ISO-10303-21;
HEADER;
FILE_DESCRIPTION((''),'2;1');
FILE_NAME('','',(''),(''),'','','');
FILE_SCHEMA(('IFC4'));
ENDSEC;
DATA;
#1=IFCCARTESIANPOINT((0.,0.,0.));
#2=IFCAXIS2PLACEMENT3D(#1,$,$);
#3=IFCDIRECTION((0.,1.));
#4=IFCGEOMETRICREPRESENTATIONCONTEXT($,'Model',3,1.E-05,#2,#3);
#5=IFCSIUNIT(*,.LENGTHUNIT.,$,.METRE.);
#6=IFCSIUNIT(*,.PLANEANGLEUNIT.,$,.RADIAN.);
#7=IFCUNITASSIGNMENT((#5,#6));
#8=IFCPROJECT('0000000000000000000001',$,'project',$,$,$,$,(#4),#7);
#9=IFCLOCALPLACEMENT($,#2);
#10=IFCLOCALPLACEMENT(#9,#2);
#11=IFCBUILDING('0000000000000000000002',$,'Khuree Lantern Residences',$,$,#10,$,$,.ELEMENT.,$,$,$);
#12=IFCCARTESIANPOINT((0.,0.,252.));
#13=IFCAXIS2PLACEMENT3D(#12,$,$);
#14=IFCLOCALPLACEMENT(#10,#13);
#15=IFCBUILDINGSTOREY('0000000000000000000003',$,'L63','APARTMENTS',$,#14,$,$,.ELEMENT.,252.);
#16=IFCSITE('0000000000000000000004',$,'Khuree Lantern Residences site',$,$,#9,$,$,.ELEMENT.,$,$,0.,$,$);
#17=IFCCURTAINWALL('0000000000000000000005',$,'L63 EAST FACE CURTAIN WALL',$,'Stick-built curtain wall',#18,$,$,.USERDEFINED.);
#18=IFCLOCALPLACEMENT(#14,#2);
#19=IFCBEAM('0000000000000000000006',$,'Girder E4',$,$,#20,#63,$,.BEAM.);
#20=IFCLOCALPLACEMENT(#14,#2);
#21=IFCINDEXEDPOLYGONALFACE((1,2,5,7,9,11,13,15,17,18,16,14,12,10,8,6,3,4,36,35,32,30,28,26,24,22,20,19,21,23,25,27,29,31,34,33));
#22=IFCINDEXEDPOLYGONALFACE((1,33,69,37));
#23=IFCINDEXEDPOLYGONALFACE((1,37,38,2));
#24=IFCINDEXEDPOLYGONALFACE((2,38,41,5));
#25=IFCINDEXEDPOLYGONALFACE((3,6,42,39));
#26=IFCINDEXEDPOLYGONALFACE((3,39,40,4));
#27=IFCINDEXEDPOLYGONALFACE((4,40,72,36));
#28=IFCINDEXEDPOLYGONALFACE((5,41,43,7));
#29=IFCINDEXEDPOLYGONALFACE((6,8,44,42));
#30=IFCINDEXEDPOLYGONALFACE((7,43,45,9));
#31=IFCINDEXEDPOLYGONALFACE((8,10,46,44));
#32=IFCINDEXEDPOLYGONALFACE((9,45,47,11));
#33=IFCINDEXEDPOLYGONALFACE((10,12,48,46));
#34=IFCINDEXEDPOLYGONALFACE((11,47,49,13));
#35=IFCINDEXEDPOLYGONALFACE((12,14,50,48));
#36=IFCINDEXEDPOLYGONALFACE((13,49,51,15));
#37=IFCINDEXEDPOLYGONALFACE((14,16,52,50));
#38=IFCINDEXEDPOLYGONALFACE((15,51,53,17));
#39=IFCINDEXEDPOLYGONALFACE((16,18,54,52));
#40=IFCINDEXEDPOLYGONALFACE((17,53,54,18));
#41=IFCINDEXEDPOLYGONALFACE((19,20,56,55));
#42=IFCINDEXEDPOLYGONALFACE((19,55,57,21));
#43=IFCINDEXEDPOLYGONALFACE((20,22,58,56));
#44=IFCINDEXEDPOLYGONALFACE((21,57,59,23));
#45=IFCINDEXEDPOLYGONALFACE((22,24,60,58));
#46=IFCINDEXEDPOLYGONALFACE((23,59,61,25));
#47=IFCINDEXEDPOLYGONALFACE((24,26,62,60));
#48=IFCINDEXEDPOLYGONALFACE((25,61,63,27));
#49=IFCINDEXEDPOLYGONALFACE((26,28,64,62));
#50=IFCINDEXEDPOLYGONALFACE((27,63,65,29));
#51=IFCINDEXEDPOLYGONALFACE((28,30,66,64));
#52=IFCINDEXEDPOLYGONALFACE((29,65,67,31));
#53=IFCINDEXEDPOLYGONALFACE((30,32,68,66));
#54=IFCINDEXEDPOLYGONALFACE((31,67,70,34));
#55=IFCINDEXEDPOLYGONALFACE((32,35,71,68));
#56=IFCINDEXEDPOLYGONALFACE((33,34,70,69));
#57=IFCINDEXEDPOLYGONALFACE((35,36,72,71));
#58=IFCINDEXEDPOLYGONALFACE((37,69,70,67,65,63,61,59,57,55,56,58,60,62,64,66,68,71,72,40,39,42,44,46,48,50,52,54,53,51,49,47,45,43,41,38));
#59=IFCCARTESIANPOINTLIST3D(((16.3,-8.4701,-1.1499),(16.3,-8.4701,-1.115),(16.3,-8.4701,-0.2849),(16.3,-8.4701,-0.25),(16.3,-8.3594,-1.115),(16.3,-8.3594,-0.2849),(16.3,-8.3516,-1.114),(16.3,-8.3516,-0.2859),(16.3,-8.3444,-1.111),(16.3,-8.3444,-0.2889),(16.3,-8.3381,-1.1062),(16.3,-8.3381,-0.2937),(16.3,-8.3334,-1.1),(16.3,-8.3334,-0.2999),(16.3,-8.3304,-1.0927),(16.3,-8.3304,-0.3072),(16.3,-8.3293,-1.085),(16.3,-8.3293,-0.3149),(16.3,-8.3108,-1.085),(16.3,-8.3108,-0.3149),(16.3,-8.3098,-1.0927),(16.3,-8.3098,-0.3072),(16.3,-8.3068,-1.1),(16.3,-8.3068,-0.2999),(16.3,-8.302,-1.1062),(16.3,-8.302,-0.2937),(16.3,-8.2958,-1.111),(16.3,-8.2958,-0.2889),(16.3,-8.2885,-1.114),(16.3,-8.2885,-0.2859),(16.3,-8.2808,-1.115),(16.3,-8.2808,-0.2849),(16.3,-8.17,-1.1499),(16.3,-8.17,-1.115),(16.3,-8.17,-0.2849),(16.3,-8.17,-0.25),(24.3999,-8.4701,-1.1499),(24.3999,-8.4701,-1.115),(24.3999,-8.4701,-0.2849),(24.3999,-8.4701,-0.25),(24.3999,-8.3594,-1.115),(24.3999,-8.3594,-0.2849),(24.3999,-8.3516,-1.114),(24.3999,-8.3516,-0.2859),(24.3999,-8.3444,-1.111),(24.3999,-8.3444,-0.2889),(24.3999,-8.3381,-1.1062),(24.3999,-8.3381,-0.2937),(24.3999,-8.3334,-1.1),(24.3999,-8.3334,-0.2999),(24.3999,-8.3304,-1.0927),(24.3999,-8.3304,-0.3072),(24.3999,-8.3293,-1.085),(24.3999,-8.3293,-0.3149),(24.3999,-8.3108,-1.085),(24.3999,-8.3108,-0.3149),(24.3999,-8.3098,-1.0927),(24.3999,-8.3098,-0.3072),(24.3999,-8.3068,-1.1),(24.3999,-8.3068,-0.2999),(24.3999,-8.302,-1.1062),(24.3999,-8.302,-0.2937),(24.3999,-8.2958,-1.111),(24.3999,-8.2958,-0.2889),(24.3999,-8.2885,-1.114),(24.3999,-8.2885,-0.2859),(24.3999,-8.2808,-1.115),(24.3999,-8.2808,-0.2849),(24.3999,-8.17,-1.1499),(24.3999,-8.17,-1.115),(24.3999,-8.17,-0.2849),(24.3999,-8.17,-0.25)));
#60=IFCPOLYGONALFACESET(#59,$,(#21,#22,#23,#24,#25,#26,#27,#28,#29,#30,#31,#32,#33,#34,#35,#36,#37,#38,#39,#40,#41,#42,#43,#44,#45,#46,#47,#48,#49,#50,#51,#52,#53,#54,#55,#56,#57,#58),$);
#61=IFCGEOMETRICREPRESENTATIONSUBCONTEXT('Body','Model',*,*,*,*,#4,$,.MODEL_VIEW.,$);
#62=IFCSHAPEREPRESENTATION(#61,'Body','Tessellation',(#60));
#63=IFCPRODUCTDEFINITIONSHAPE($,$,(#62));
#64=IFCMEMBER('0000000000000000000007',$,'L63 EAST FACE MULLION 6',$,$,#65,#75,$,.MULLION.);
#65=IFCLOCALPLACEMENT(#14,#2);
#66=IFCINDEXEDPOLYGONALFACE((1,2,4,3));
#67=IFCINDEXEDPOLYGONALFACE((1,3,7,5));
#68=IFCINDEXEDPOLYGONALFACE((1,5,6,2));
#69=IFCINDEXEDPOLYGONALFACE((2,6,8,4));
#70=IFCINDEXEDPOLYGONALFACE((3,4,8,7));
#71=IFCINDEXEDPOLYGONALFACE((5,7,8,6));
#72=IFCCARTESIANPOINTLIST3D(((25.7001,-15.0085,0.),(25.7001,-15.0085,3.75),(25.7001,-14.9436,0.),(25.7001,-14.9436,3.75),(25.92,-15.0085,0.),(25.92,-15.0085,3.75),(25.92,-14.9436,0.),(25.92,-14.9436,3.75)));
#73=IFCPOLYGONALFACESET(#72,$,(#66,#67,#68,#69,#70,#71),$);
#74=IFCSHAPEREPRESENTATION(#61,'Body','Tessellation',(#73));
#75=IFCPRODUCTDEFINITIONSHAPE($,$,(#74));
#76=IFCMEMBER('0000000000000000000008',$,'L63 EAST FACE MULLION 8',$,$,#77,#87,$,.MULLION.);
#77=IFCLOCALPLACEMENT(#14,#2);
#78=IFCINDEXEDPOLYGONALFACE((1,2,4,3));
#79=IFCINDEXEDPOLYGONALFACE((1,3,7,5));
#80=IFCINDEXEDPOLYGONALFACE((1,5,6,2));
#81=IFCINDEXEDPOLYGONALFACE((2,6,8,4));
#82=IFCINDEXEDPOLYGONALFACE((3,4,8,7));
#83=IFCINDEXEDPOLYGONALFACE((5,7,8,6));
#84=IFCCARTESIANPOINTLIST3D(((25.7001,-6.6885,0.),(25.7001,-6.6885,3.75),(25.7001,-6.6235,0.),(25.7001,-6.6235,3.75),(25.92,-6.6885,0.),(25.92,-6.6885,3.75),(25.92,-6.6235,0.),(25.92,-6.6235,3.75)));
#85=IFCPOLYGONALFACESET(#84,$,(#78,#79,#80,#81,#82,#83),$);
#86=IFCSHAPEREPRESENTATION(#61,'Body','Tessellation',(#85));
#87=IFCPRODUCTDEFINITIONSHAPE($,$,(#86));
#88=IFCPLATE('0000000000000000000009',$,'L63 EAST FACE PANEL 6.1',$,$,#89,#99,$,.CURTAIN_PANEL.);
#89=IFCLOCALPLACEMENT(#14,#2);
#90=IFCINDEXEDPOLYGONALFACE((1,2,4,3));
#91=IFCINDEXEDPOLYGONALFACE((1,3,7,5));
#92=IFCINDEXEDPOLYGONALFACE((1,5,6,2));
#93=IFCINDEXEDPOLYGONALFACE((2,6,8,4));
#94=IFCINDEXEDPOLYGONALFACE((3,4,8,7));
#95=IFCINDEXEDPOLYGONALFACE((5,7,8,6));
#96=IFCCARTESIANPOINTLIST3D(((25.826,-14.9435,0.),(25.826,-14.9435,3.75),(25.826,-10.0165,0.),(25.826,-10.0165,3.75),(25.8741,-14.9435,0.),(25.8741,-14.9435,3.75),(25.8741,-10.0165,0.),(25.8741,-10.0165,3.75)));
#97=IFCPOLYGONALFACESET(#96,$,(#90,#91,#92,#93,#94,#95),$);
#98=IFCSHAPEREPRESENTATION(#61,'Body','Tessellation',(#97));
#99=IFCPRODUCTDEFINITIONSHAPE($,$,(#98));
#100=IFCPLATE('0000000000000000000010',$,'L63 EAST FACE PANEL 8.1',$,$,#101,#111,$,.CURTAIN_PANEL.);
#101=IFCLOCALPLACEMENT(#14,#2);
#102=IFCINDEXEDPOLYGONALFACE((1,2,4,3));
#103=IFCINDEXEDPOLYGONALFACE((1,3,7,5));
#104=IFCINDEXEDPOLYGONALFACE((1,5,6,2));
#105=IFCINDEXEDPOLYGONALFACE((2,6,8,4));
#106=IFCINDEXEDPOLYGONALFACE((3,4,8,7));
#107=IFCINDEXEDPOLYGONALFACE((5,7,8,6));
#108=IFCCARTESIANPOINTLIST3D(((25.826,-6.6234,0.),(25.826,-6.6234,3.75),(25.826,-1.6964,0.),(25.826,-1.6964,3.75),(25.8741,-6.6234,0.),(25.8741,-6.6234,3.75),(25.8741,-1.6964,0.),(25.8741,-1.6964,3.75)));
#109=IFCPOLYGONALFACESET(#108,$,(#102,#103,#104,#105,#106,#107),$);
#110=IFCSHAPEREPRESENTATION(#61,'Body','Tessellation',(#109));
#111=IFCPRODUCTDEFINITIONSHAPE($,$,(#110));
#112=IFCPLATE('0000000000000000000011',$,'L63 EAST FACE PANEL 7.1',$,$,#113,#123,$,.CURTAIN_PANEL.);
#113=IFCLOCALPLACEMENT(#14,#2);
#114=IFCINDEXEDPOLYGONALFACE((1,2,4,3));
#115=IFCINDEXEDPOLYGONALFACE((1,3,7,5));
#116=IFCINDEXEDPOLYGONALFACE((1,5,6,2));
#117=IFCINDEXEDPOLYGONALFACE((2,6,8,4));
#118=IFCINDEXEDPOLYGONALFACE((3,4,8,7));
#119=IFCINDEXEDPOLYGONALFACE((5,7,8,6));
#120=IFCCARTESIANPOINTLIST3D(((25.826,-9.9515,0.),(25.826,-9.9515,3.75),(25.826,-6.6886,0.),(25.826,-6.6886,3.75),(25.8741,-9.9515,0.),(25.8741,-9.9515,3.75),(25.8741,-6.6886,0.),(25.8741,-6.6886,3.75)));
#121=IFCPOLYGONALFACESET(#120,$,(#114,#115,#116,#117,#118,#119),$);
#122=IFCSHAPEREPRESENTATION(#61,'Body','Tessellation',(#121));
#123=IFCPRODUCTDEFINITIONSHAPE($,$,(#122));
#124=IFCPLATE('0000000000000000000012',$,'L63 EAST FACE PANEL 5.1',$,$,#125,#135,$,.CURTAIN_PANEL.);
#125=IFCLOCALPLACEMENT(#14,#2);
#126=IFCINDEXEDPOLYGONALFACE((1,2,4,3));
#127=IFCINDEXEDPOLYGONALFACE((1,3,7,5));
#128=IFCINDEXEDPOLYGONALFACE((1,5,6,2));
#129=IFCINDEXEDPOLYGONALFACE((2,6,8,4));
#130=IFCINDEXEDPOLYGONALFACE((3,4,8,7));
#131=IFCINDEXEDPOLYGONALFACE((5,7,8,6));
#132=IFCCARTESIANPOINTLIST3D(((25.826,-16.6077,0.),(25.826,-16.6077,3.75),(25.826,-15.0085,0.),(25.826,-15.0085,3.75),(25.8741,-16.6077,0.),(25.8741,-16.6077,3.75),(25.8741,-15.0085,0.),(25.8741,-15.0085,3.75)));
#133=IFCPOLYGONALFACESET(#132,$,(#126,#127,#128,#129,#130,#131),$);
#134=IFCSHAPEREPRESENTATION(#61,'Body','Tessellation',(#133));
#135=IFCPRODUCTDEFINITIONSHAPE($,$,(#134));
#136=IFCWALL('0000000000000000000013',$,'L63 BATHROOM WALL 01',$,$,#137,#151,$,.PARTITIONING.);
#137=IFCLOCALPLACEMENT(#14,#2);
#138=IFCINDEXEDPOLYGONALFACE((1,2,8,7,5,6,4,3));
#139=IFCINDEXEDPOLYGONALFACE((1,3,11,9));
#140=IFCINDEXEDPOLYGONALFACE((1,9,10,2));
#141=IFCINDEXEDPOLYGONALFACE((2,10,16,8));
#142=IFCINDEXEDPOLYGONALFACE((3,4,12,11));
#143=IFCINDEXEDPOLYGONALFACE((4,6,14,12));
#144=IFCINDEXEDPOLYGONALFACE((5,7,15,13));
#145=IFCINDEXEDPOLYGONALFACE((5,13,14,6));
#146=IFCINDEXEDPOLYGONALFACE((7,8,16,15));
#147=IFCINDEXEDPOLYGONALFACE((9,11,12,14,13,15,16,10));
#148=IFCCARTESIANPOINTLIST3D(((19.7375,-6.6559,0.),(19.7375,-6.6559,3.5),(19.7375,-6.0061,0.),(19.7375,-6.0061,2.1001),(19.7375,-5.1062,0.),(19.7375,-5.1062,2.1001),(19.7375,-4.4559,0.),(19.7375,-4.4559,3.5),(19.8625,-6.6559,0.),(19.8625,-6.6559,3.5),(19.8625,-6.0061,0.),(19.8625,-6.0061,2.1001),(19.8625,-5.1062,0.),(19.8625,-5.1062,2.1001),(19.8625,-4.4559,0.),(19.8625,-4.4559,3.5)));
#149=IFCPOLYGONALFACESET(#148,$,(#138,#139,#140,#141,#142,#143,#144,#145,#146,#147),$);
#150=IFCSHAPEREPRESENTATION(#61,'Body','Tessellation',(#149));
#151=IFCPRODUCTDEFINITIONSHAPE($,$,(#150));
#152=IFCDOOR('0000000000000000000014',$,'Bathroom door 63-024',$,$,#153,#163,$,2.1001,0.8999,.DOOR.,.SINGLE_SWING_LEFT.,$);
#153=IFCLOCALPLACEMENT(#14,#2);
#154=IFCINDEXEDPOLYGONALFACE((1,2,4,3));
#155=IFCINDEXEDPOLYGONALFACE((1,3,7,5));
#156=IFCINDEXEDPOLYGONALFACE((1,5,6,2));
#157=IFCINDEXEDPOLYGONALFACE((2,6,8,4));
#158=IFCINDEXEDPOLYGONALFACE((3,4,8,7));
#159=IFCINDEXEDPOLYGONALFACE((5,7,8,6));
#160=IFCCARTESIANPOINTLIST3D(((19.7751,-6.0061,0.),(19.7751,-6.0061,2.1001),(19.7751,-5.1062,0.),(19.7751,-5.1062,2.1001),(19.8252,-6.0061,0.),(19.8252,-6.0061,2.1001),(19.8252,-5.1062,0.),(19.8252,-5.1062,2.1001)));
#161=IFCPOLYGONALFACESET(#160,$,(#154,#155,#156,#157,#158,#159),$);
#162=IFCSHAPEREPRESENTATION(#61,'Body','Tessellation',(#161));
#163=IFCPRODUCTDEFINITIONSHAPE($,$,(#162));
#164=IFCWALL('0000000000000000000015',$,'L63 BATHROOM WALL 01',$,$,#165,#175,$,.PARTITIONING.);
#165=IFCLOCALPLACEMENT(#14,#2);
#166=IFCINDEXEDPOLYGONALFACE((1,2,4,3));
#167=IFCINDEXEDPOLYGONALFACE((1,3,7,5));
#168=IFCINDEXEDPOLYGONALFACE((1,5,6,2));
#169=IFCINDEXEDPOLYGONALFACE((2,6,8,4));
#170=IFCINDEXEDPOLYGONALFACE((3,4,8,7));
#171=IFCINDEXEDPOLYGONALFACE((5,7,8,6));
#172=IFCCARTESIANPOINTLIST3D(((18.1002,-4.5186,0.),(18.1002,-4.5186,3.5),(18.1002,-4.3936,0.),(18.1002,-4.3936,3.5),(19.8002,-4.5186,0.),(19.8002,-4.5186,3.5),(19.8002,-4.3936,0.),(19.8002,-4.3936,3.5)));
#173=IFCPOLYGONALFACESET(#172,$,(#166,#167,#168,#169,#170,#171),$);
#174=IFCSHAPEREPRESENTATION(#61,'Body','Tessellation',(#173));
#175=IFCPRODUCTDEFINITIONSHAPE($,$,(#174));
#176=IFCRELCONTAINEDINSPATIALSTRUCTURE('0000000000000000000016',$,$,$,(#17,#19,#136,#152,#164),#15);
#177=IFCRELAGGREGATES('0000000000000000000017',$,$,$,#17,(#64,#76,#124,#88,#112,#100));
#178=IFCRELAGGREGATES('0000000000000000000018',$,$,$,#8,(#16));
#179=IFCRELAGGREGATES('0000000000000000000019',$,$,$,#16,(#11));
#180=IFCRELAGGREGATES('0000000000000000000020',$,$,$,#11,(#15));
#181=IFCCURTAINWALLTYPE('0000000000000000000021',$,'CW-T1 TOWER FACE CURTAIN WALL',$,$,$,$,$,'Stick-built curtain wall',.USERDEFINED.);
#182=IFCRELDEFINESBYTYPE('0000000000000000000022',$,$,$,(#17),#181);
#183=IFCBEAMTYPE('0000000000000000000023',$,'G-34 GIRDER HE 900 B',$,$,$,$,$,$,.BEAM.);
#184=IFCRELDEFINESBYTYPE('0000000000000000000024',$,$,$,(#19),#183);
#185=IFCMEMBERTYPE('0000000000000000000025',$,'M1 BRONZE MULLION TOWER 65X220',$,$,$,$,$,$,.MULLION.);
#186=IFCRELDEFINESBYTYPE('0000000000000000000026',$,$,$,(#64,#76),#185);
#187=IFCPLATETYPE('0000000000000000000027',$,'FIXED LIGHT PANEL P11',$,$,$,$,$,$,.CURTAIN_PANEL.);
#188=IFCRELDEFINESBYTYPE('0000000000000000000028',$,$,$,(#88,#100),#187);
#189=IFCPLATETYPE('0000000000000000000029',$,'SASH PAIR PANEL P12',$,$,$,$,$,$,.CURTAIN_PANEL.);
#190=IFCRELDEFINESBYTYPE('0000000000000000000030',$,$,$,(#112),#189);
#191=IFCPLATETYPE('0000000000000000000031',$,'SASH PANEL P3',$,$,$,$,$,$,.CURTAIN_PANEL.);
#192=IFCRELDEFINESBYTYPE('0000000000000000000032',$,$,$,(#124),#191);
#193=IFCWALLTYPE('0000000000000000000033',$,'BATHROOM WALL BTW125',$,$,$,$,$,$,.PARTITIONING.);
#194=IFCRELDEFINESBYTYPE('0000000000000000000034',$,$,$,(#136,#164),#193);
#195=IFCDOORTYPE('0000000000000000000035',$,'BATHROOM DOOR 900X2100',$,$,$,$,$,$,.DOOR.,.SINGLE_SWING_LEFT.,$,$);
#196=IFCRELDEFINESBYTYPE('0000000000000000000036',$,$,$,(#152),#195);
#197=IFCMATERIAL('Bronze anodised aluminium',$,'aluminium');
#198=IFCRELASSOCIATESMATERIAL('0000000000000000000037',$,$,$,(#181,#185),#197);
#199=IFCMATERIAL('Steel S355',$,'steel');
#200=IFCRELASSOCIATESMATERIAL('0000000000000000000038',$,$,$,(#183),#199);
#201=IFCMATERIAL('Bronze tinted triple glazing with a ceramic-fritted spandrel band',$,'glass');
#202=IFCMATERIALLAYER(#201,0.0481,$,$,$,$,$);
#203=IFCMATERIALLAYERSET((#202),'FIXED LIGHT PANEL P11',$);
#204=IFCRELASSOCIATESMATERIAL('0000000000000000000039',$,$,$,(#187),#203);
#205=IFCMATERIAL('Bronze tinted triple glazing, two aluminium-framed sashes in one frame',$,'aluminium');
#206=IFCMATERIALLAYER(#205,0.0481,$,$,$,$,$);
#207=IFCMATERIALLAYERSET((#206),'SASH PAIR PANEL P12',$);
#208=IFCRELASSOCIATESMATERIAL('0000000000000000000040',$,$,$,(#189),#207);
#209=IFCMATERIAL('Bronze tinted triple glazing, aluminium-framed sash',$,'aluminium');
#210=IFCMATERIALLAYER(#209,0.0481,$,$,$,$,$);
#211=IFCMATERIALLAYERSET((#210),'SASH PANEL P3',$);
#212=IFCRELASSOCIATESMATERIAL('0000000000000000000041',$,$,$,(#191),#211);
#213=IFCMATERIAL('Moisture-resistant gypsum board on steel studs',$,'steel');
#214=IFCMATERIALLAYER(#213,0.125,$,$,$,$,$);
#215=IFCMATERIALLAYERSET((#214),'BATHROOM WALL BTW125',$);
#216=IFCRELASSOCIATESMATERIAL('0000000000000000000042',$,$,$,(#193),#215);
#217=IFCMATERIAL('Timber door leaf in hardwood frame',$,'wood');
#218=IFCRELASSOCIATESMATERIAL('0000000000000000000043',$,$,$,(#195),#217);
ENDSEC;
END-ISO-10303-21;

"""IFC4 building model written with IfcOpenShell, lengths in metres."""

from ifc_helpers import new_model, si_unit, direction, frame, frame_2d, origin, origin_2d, place, context, subcontext, project, spatial, rectangle, i_section, extrude, material, layer, layer_set, material_profile, profile_set, type_object, element, fill, aggregate, save


model = new_model("IFC4")

# Units and contexts
model_context = context("Model", 3, precision=1e-05, world=origin(), true_north=direction((0.0, 1.0)))
body_context = subcontext(model_context, "Body", "Model", "MODEL_VIEW")
ifc_project = project(units=[si_unit("LENGTHUNIT", "METRE"), si_unit("PLANEANGLEUNIT", "RADIAN")], contexts=[model_context])

# Site, building, storey
site_placement = place(None, origin())
site = spatial("IfcSite", under=ifc_project, at=site_placement, Name="Khuree Lantern Residences site", CompositionType="ELEMENT", RefElevation=0.0)
building_placement = place(site_placement, origin())
building = spatial("IfcBuilding", under=site, at=building_placement, Name="Khuree Lantern Residences", CompositionType="ELEMENT")
storey_placement = place(building_placement, frame((0.0, 0.0, 252.0)))
storey = spatial("IfcBuildingStorey", under=building, at=storey_placement, Name="L63", Description="APARTMENTS", CompositionType="ELEMENT", Elevation=252.0)

# Shared definitions
ifc_material_1 = material(Name="Steel S355", Category="steel")

# Curtain wall
ifc_material_2 = material(Name="Bronze anodised aluminium", Category="aluminium")
curtain_wall_type = type_object("IfcCurtainWallType", Name="CW-T1 TOWER FACE CURTAIN WALL", ElementType="Stick-built curtain wall", PredefinedType="USERDEFINED", material=ifc_material_2)
curtain_wall_placement = place(storey_placement, origin())
curtain_wall = element("IfcCurtainWall", 1, at=curtain_wall_placement, inside=storey, type_object=curtain_wall_type, Name="L63 EAST FACE CURTAIN WALL", ObjectType="Stick-built curtain wall", PredefinedType="USERDEFINED")

# Beam
ifc_material_profile_1 = material_profile(ifc_material_1, i_section(OverallWidth=0.3, OverallDepth=0.8999, WebThickness=0.0186, FlangeThickness=0.0349, FilletRadius=0.03, at=origin_2d()), Name="HE 900 B")
ifc_profile_set_1 = profile_set([ifc_material_profile_1], Name="Steel S355")
beam_type_1 = type_object("IfcBeamType", Name="G-34 GIRDER HE 900 B", PredefinedType="BEAM", material=ifc_profile_set_1)
beam_1_placement = place(storey_placement, frame((24.3999, -8.3201, -0.7), z_axis=(-1.0, 0.0, 0.0), x_axis=(0.0, -1.0, 0.0)))
element("IfcBeam", 2, at=beam_1_placement, inside=storey, type_object=beam_type_1, Name="Girder E4", PredefinedType="BEAM", context=body_context, shape_type="SweptSolid", body=[
    extrude(i_section(OverallWidth=0.3, OverallDepth=0.8999, WebThickness=0.0186, FlangeThickness=0.0349, FilletRadius=0.03, at=origin_2d()), origin(), (0.0, 0.0, 1.0), 8.0999),
])

# Members
ifc_material_profile_2 = material_profile(ifc_material_2, rectangle(XDim=0.0649, YDim=0.22, at=origin_2d()), Name="M1 65X220")
ifc_profile_set_2 = profile_set([ifc_material_profile_2], Name="Bronze anodised aluminium")
member_type_1 = type_object("IfcMemberType", Name="M1 BRONZE MULLION TOWER 65X220", PredefinedType="MULLION", material=ifc_profile_set_2)
member_1_placement = place(storey_placement, frame((25.8101, -14.9761, 0.0), z_axis=(0.0, 0.0, 1.0), x_axis=(0.0, 1.0, 0.0)))
member_1 = element("IfcMember", 3, at=member_1_placement, type_object=member_type_1, Name="L63 EAST FACE MULLION 6", PredefinedType="MULLION", context=body_context, shape_type="SweptSolid", body=[
    extrude(rectangle(XDim=0.0649, YDim=0.22, at=origin_2d()), origin(), (0.0, 0.0, 1.0), 3.75),
])
member_2_placement = place(storey_placement, frame((25.8101, -6.656, 0.0), z_axis=(0.0, 0.0, 1.0), x_axis=(0.0, 1.0, 0.0)))
member_2 = element("IfcMember", 4, at=member_2_placement, type_object=member_type_1, Name="L63 EAST FACE MULLION 8", PredefinedType="MULLION", context=body_context, shape_type="SweptSolid", body=[
    extrude(rectangle(XDim=0.0649, YDim=0.22, at=origin_2d()), origin(), (0.0, 0.0, 1.0), 3.75),
])

# Plates
ifc_material_3 = material(Name="Bronze tinted triple glazing with a ceramic-fritted spandrel band", Category="glass")
ifc_layer_1 = layer(ifc_material_3, 0.0481)
ifc_layer_set_1 = layer_set([ifc_layer_1], Name="FIXED LIGHT PANEL P11")
plate_type_1 = type_object("IfcPlateType", Name="FIXED LIGHT PANEL P11", PredefinedType="CURTAIN_PANEL", material=ifc_layer_set_1)
plate_1_placement = place(storey_placement, frame((25.8501, -12.48, 0.0), z_axis=(0.0, 0.0, 1.0), x_axis=(0.0, 1.0, 0.0)))
plate_1 = element("IfcPlate", 5, at=plate_1_placement, type_object=plate_type_1, Name="L63 EAST FACE PANEL 6.1", PredefinedType="CURTAIN_PANEL", context=body_context, shape_type="SweptSolid", body=[
    extrude(rectangle(XDim=4.927, YDim=0.0481, at=origin_2d()), origin(), (0.0, 0.0, 1.0), 3.75),
])
plate_2_placement = place(storey_placement, frame((25.8501, -4.1599, 0.0), z_axis=(0.0, 0.0, 1.0), x_axis=(0.0, 1.0, 0.0)))
plate_2 = element("IfcPlate", 6, at=plate_2_placement, type_object=plate_type_1, Name="L63 EAST FACE PANEL 8.1", PredefinedType="CURTAIN_PANEL", context=body_context, shape_type="SweptSolid", body=[
    extrude(rectangle(XDim=4.927, YDim=0.0481, at=origin_2d()), origin(), (0.0, 0.0, 1.0), 3.75),
])
ifc_material_4 = material(Name="Bronze tinted triple glazing, two aluminium-framed sashes in one frame", Category="aluminium")
ifc_layer_2 = layer(ifc_material_4, 0.0481)
ifc_layer_set_2 = layer_set([ifc_layer_2], Name="SASH PAIR PANEL P12")
plate_type_2 = type_object("IfcPlateType", Name="SASH PAIR PANEL P12", PredefinedType="CURTAIN_PANEL", material=ifc_layer_set_2)
plate_3_placement = place(storey_placement, frame((25.8501, -8.3201, 0.0), z_axis=(0.0, 0.0, 1.0), x_axis=(0.0, 1.0, 0.0)))
plate_3 = element("IfcPlate", 7, at=plate_3_placement, type_object=plate_type_2, Name="L63 EAST FACE PANEL 7.1", PredefinedType="CURTAIN_PANEL", context=body_context, shape_type="SweptSolid", body=[
    extrude(rectangle(XDim=3.2629, YDim=0.0481, at=origin_2d()), origin(), (0.0, 0.0, 1.0), 3.75),
])
ifc_material_5 = material(Name="Bronze tinted triple glazing, aluminium-framed sash", Category="aluminium")
ifc_layer_3 = layer(ifc_material_5, 0.0481)
ifc_layer_set_3 = layer_set([ifc_layer_3], Name="SASH PANEL P3")
plate_type_3 = type_object("IfcPlateType", Name="SASH PANEL P3", PredefinedType="CURTAIN_PANEL", material=ifc_layer_set_3)
plate_4_placement = place(storey_placement, frame((25.8501, -15.8081, 0.0), z_axis=(0.0, 0.0, 1.0), x_axis=(0.0, 1.0, 0.0)))
plate_4 = element("IfcPlate", 8, at=plate_4_placement, type_object=plate_type_3, Name="L63 EAST FACE PANEL 5.1", PredefinedType="CURTAIN_PANEL", context=body_context, shape_type="SweptSolid", body=[
    extrude(rectangle(XDim=1.5991, YDim=0.0481, at=origin_2d()), origin(), (0.0, 0.0, 1.0), 3.75),
])
aggregate(curtain_wall, [member_1, member_2, plate_4, plate_1, plate_3, plate_2])

# Wall, opening, door
ifc_material_6 = material(Name="Moisture-resistant gypsum board on steel studs", Category="steel")
ifc_layer_4 = layer(ifc_material_6, 0.125)
ifc_layer_set_4 = layer_set([ifc_layer_4], Name="BATHROOM WALL BTW125")
wall_type_1 = type_object("IfcWallType", Name="BATHROOM WALL BTW125", PredefinedType="PARTITIONING", material=ifc_layer_set_4)
wall_1_placement = place(storey_placement, frame((19.8, -6.656, 0.0), z_axis=(0.0, 0.0, 1.0), x_axis=(0.0, 1.0, 0.0)))
wall_1 = element("IfcWall", 9, at=wall_1_placement, inside=storey, type_object=wall_type_1, Name="L63 BATHROOM WALL 01", PredefinedType="PARTITIONING", context=body_context, shape_type="SweptSolid", body=[
    extrude(rectangle(XDim=2.2, YDim=0.125, at=frame_2d((1.1001, 0.0))), origin(), (0.0, 0.0, 1.0), 3.5),
])
opening_1_placement = place(wall_1_placement, frame((0.6499, 0.0, 0.0)))
opening_1 = element("IfcOpeningElement", 10, at=opening_1_placement, cuts=wall_1, PredefinedType="OPENING", context=body_context, shape_type="SweptSolid", body=[
    extrude(rectangle(XDim=0.8999, YDim=2.1001, at=frame_2d((0.45, 1.05))), frame((0.0, 0.0725, 0.0), z_axis=(0.0, -1.0, 0.0), x_axis=(1.0, 0.0, 0.0)), (0.0, 0.0, 1.0), 0.145),
])
ifc_material_7 = material(Name="Timber door leaf in hardwood frame", Category="wood")
door_type_1 = type_object("IfcDoorType", Name="BATHROOM DOOR 900X2100", OperationType="SINGLE_SWING_LEFT", PredefinedType="DOOR", material=ifc_material_7)
door_1_placement = place(opening_1_placement, origin())
door_1 = element("IfcDoor", 11, at=door_1_placement, inside=storey, type_object=door_type_1, Name="Bathroom door 63-024", OperationType="SINGLE_SWING_LEFT", OverallHeight=2.1001, OverallWidth=0.8999, PredefinedType="DOOR", context=body_context, shape_type="SweptSolid", body=[
    extrude(rectangle(XDim=0.8999, YDim=2.1001, at=frame_2d((0.45, 1.05))), frame((0.0, 0.0249, 0.0), z_axis=(0.0, -1.0, 0.0), x_axis=(1.0, 0.0, 0.0)), (0.0, 0.0, 1.0), 0.05),
])
fill(opening_1, door_1)

# Wall
wall_2_placement = place(storey_placement, frame((18.1001, -4.4561, 0.0), z_axis=(0.0, 0.0, 1.0), x_axis=(1.0, 0.0, 0.0)))
element("IfcWall", 12, at=wall_2_placement, inside=storey, type_object=wall_type_1, Name="L63 BATHROOM WALL 01", PredefinedType="PARTITIONING", context=body_context, shape_type="SweptSolid", body=[
    extrude(rectangle(XDim=1.7, YDim=0.125, at=frame_2d((0.8501, 0.0))), origin(), (0.0, 0.0, 1.0), 3.5),
])

save(model, "model.ifc")
